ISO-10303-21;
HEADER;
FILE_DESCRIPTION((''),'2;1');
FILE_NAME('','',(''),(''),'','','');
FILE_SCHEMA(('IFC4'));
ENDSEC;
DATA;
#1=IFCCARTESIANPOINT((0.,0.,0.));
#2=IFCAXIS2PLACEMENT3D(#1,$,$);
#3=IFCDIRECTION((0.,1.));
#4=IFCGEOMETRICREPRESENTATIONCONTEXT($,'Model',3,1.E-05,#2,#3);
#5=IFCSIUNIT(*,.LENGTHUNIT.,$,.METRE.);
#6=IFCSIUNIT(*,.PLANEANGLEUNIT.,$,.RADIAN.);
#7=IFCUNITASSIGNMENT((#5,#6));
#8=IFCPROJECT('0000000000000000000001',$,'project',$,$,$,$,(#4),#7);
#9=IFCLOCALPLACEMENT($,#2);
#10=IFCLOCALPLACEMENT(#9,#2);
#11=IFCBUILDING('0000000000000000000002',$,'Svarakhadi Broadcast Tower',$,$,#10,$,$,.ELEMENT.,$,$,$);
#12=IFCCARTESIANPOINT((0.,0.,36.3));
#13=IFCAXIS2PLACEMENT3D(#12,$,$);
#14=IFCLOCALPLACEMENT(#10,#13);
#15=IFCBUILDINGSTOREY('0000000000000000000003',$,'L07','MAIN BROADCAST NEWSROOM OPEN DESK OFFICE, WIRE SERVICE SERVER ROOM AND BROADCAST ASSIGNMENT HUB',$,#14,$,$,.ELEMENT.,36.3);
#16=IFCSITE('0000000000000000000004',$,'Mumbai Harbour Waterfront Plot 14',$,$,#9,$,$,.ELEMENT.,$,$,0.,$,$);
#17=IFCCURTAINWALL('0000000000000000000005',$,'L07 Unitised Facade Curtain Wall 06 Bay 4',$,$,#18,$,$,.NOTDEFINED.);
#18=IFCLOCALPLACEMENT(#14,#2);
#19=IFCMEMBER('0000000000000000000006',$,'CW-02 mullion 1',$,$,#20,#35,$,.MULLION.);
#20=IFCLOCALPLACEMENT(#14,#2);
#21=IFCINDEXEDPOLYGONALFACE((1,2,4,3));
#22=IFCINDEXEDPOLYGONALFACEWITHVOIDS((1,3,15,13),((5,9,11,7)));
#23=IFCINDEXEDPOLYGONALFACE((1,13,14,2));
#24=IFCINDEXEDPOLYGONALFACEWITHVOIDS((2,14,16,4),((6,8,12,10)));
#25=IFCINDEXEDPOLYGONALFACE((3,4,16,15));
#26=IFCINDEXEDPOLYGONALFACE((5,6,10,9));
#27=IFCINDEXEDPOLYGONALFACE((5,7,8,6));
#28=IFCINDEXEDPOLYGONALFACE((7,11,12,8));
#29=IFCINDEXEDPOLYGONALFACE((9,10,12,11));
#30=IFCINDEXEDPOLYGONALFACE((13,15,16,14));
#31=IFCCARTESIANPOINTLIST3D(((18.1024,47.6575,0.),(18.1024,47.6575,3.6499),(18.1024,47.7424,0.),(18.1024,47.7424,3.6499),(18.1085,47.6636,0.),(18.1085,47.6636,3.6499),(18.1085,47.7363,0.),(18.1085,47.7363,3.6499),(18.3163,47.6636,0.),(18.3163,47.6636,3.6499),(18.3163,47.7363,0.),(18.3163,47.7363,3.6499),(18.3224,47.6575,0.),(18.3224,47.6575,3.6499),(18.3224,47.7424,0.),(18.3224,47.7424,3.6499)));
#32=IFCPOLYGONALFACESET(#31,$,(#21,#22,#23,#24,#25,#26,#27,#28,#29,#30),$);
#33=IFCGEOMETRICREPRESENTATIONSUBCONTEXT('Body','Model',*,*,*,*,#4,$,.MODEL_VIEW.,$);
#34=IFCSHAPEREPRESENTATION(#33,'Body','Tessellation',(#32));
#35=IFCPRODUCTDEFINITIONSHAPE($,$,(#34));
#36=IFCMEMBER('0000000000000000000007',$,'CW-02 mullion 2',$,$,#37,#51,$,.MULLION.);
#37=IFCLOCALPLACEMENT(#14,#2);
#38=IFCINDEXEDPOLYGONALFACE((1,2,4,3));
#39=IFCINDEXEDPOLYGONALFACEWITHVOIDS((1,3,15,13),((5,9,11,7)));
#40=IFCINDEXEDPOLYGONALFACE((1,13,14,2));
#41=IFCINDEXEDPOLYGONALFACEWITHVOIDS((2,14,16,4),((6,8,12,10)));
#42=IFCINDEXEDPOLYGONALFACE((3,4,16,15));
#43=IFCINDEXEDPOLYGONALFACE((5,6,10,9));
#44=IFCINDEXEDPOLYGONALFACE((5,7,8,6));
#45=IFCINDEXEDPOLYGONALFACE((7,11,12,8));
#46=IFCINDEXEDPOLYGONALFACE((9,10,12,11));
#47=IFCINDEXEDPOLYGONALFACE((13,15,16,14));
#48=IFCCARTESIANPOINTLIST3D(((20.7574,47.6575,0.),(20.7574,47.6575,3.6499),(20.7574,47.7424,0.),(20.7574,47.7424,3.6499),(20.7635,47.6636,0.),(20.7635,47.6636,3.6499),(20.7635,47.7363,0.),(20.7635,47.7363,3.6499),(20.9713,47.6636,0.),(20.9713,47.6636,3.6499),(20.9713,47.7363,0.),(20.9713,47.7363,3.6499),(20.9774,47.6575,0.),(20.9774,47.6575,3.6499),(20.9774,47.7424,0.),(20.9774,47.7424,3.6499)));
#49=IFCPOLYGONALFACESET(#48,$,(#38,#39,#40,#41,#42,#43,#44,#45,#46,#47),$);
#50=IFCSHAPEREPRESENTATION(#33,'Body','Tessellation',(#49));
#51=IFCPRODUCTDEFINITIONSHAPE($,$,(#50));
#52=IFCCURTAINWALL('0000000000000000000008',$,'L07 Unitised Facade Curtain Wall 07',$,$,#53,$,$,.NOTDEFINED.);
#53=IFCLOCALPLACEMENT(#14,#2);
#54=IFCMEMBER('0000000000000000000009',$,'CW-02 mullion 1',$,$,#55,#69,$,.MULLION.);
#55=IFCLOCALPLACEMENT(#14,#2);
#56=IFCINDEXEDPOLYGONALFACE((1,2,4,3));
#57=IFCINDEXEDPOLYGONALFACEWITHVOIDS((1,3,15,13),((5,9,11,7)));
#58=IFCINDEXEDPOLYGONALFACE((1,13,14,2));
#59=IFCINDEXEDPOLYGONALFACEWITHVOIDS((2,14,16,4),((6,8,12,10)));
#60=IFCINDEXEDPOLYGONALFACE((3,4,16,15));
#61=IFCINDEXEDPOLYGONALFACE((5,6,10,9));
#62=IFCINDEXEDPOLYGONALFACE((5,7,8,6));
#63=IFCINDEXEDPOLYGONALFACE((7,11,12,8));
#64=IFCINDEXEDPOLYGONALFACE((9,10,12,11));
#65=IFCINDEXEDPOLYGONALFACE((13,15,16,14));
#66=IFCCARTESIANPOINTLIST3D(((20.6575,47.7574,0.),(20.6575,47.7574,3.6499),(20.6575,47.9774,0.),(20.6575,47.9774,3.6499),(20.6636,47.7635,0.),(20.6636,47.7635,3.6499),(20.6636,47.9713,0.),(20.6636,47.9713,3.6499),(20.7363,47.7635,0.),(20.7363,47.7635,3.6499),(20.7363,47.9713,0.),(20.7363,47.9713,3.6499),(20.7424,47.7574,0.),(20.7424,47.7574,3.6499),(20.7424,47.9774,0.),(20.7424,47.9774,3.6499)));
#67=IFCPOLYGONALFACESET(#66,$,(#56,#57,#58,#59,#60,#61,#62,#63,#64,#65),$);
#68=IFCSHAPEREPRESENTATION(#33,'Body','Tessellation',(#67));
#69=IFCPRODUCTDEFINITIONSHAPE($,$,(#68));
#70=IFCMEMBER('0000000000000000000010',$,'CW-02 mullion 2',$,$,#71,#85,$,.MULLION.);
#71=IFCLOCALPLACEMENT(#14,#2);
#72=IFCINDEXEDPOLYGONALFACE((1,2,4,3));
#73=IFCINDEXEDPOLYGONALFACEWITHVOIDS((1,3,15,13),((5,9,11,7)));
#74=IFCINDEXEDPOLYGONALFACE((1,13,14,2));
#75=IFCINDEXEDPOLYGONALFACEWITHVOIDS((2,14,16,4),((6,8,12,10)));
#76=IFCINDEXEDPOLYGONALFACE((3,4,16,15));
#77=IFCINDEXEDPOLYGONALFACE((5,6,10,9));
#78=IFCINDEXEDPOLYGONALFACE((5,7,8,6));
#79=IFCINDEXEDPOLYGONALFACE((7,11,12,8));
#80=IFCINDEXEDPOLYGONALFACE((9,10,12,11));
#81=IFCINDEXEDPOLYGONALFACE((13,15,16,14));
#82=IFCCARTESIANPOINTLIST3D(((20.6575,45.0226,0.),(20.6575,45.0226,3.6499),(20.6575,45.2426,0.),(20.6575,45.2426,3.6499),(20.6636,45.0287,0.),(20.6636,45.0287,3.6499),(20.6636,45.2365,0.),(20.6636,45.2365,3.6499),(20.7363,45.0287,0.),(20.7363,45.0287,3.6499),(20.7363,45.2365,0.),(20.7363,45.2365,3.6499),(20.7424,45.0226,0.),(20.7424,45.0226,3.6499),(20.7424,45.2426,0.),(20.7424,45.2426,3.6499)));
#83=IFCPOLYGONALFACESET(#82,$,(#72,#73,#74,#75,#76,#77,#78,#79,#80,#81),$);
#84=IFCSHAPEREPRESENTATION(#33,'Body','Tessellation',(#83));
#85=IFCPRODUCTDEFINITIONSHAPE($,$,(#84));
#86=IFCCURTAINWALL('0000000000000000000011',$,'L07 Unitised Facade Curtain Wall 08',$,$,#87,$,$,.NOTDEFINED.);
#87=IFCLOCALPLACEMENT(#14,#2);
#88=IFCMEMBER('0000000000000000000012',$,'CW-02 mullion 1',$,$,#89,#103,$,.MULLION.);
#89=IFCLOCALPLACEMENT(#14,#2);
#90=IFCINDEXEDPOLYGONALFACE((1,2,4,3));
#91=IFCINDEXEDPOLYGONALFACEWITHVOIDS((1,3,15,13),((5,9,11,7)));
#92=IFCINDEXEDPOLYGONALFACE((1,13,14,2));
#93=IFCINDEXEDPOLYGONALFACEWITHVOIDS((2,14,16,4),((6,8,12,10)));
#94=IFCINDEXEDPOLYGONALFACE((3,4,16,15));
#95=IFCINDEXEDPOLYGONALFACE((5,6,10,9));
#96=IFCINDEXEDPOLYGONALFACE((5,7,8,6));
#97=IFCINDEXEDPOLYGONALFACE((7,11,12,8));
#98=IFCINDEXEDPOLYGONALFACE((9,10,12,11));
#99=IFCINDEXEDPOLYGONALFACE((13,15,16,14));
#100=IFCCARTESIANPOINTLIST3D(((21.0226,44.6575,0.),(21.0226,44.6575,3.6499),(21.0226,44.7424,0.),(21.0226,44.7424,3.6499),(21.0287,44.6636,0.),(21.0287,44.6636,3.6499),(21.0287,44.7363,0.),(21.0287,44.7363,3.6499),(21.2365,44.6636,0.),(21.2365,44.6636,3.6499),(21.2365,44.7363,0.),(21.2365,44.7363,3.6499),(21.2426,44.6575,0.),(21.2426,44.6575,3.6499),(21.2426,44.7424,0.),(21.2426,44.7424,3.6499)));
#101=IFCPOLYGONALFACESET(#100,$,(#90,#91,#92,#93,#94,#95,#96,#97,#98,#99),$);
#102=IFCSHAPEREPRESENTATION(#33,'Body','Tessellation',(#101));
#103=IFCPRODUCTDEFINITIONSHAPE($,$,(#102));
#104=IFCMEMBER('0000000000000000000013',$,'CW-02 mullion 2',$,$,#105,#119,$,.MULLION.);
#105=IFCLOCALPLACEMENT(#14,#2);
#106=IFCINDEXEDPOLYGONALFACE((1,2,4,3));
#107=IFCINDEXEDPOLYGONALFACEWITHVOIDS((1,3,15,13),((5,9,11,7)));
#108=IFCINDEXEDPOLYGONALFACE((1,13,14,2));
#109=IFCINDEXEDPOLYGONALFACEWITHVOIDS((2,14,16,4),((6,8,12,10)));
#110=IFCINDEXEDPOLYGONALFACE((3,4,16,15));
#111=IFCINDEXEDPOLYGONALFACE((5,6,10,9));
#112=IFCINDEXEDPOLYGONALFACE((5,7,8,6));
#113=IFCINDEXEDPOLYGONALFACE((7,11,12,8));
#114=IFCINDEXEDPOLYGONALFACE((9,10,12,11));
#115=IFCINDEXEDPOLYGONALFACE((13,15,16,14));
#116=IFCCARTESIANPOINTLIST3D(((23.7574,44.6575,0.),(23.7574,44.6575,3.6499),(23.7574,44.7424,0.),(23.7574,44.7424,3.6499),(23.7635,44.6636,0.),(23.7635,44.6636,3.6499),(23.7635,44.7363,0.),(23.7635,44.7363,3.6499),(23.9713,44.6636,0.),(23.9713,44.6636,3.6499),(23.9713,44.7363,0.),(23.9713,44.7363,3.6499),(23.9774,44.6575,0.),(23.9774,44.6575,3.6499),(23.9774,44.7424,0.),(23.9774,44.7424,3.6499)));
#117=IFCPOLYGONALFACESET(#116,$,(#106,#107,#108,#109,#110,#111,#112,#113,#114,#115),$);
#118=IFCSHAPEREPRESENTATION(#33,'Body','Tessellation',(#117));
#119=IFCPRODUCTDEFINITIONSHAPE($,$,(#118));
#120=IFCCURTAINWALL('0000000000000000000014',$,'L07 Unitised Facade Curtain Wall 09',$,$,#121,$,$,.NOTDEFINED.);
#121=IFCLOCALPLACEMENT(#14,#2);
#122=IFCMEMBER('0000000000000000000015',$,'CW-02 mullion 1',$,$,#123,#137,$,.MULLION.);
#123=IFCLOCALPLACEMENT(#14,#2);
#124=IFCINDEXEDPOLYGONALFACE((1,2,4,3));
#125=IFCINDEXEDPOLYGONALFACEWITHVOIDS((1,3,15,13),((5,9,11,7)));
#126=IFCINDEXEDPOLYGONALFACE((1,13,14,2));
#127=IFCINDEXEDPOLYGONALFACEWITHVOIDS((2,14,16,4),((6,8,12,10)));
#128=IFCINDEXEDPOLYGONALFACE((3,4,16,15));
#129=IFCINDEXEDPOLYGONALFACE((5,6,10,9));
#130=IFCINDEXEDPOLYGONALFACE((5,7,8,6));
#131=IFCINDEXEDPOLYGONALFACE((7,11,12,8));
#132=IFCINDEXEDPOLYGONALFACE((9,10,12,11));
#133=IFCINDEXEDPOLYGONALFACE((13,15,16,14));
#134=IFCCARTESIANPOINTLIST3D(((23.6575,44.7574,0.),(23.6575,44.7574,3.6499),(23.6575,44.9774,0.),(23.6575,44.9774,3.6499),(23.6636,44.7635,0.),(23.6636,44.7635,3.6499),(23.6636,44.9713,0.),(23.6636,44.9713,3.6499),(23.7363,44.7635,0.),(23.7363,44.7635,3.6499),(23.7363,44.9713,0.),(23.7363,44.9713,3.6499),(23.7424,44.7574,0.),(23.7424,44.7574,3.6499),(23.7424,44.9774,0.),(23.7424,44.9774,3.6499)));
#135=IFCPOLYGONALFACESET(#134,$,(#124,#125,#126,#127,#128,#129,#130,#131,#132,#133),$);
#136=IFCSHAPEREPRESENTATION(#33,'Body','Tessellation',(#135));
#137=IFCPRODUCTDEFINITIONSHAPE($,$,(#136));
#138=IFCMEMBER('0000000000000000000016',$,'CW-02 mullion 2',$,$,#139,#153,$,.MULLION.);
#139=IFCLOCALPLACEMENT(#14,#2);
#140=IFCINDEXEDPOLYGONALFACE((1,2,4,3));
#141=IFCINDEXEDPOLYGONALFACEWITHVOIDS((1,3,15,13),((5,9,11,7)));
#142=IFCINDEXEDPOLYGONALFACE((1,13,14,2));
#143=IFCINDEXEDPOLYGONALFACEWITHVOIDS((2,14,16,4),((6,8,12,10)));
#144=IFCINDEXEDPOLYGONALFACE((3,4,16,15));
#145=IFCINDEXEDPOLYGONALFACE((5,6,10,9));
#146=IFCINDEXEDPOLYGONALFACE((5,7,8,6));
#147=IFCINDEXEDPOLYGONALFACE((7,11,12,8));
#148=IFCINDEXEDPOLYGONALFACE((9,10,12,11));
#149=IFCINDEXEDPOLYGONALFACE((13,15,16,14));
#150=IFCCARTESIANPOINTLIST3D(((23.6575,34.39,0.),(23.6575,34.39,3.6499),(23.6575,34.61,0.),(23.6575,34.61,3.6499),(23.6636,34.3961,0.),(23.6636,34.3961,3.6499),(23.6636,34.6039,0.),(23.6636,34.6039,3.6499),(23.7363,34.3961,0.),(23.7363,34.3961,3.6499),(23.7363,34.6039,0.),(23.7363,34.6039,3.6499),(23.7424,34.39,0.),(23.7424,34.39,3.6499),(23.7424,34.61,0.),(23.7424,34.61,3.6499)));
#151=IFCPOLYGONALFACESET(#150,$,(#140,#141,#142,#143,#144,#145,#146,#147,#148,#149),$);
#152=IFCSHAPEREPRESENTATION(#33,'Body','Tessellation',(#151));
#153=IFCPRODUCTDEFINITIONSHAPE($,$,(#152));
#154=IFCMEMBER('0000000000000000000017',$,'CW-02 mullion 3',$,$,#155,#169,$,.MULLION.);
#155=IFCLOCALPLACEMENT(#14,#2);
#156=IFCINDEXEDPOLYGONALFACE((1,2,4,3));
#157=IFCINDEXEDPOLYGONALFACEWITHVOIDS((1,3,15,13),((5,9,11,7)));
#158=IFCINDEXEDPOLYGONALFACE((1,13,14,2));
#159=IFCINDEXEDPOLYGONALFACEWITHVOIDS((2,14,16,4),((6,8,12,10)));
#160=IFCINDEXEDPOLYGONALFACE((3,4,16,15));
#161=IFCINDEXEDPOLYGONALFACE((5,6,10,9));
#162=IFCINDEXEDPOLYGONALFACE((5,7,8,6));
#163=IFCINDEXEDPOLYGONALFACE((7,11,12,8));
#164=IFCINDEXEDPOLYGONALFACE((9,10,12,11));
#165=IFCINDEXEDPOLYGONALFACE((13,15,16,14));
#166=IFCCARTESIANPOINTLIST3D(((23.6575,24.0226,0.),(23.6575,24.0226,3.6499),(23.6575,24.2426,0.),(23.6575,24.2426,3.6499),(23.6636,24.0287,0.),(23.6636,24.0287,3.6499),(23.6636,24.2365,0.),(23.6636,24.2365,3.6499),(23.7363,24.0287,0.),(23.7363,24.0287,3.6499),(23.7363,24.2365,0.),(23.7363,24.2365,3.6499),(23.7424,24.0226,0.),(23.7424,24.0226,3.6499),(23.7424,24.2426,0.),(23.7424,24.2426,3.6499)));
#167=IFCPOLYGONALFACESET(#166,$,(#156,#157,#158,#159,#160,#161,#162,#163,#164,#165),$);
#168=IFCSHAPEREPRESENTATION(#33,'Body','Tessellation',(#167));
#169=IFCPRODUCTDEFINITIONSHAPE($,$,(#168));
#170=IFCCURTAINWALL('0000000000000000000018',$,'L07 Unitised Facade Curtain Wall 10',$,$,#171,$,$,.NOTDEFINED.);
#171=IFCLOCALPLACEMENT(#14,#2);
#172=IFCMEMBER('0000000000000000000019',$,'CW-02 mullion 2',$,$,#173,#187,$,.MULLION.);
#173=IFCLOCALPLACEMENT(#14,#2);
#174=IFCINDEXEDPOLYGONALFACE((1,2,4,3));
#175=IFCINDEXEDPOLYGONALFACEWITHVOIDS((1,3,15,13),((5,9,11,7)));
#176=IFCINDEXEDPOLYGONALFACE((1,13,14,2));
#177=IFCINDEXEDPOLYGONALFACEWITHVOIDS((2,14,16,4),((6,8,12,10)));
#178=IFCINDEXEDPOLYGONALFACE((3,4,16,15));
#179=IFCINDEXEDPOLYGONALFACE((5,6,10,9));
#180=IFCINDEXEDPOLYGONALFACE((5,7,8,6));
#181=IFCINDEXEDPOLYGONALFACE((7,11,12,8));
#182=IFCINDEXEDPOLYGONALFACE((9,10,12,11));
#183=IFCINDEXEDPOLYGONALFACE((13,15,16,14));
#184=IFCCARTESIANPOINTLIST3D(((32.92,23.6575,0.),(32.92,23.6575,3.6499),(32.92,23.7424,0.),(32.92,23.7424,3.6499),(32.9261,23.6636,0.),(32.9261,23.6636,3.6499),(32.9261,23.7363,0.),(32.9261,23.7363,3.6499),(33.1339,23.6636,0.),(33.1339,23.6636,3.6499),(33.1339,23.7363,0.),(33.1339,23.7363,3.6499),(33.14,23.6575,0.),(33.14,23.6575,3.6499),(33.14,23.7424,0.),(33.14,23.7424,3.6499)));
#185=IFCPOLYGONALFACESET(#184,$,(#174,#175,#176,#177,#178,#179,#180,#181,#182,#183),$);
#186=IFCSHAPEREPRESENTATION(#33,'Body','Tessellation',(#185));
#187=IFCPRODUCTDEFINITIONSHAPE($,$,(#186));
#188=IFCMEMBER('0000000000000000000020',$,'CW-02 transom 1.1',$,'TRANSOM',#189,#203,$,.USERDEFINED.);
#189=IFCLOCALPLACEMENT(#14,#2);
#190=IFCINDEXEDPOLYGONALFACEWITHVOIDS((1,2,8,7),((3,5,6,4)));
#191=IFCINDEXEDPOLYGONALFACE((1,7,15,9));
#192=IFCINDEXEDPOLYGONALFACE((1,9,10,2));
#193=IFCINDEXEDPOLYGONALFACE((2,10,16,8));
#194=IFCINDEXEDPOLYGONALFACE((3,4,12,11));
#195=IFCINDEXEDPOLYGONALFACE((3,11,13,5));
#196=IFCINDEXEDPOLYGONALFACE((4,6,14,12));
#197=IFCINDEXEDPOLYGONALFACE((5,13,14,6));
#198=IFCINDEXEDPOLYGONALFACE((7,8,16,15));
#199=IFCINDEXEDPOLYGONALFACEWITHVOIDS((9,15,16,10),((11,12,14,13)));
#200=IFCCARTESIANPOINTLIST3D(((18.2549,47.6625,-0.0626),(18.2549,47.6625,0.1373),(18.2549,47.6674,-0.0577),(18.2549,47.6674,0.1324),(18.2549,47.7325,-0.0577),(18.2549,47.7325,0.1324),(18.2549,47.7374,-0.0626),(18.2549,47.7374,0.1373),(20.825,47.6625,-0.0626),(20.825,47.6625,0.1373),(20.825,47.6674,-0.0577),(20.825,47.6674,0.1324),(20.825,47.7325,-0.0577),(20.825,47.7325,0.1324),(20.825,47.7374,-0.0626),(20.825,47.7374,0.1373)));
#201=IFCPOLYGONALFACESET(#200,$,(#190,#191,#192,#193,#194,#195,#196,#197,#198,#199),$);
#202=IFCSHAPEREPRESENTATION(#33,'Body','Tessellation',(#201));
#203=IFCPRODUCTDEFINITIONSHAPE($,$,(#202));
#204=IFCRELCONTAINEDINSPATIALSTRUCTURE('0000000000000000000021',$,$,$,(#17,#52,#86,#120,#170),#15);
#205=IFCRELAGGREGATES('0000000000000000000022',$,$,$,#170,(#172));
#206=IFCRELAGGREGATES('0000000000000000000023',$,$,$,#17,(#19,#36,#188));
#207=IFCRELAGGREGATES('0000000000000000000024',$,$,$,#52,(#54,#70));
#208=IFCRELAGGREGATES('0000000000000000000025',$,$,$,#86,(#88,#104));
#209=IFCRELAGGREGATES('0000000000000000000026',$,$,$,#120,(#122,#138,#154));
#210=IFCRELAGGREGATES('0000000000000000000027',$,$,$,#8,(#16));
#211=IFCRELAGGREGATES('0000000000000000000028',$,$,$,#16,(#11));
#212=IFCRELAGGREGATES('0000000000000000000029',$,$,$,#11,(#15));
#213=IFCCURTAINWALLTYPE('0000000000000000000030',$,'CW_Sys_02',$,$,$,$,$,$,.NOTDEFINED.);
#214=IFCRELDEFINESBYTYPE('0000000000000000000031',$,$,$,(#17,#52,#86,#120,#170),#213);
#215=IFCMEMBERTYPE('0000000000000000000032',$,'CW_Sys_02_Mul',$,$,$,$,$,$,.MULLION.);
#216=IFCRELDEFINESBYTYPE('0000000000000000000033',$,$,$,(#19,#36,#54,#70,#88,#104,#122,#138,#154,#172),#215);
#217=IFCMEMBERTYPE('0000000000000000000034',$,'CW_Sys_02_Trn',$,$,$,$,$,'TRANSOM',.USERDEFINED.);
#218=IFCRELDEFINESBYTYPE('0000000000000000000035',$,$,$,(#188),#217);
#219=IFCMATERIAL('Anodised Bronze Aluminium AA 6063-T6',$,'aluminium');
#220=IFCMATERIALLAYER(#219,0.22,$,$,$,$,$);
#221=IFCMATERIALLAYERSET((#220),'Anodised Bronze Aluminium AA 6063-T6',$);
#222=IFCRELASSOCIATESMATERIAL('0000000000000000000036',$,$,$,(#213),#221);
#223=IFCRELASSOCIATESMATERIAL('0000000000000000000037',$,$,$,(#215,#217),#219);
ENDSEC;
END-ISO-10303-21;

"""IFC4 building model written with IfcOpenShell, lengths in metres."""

from ifc_helpers import new_model, si_unit, direction, frame, origin, origin_2d, place, context, subcontext, project, spatial, hollow_rectangle, extrude, material, layer, layer_set, material_profile, profile_set, type_object, element, aggregate, save


model = new_model("IFC4")

# Units and contexts
model_context = context("Model", 3, precision=1e-05, world=origin(), true_north=direction((0.0, 1.0)))
body_context = subcontext(model_context, "Body", "Model", "MODEL_VIEW")
ifc_project = project(units=[si_unit("LENGTHUNIT", "METRE"), si_unit("PLANEANGLEUNIT", "RADIAN")], contexts=[model_context])

# Site, building, storey
site_placement = place(None, origin())
site = spatial("IfcSite", under=ifc_project, at=site_placement, Name="Mumbai Harbour Waterfront Plot 14", CompositionType="ELEMENT", RefElevation=0.0)
building_placement = place(site_placement, origin())
building = spatial("IfcBuilding", under=site, at=building_placement, Name="Svarakhadi Broadcast Tower", CompositionType="ELEMENT")
storey_placement = place(building_placement, frame((0.0, 0.0, 36.3)))
storey = spatial("IfcBuildingStorey", under=building, at=storey_placement, Name="L07", Description="MAIN BROADCAST NEWSROOM OPEN DESK OFFICE, WIRE SERVICE SERVER ROOM AND BROADCAST ASSIGNMENT HUB", CompositionType="ELEMENT", Elevation=36.3)

# Curtain walls, members
ifc_material_1 = material(Name="Anodised Bronze Aluminium AA 6063-T6", Category="aluminium")
ifc_layer_1 = layer(ifc_material_1, 0.22)
ifc_layer_set_1 = layer_set([ifc_layer_1], Name="Anodised Bronze Aluminium AA 6063-T6")
curtain_wall_type = type_object("IfcCurtainWallType", Name="CW_Sys_02", PredefinedType="NOTDEFINED", material=ifc_layer_set_1)
curtain_wall_1_placement = place(storey_placement, origin())
curtain_wall_1 = element("IfcCurtainWall", 1, at=curtain_wall_1_placement, inside=storey, type_object=curtain_wall_type, Name="L07 Unitised Facade Curtain Wall 06 Bay 4", PredefinedType="NOTDEFINED")
ifc_material_profile_1 = material_profile(ifc_material_1, hollow_rectangle(XDim=0.085, YDim=0.22, WallThickness=0.0061, at=origin_2d()), Name="ALU MULLION 220x85x6")
ifc_profile_set_1 = profile_set([ifc_material_profile_1], Name="Anodised Bronze Aluminium AA 6063-T6")
member_type_1 = type_object("IfcMemberType", Name="CW_Sys_02_Mul", PredefinedType="MULLION", material=ifc_profile_set_1)
member_1_placement = place(storey_placement, frame((18.2124, 47.7, 0.0), z_axis=(0.0, 0.0, 1.0), x_axis=(0.0, 1.0, 0.0)))
member_1 = element("IfcMember", 2, at=member_1_placement, type_object=member_type_1, Name="CW-02 mullion 1", PredefinedType="MULLION", context=body_context, shape_type="SweptSolid", body=[
    extrude(hollow_rectangle(XDim=0.085, YDim=0.22, WallThickness=0.0061, at=origin_2d()), origin(), (0.0, 0.0, 1.0), 3.6499),
])
member_2_placement = place(storey_placement, frame((20.8674, 47.7, 0.0), z_axis=(0.0, 0.0, 1.0), x_axis=(0.0, 1.0, 0.0)))
member_2 = element("IfcMember", 3, at=member_2_placement, type_object=member_type_1, Name="CW-02 mullion 2", PredefinedType="MULLION", context=body_context, shape_type="SweptSolid", body=[
    extrude(hollow_rectangle(XDim=0.085, YDim=0.22, WallThickness=0.0061, at=origin_2d()), origin(), (0.0, 0.0, 1.0), 3.6499),
])
curtain_wall_2_placement = place(storey_placement, origin())
curtain_wall_2 = element("IfcCurtainWall", 4, at=curtain_wall_2_placement, inside=storey, type_object=curtain_wall_type, Name="L07 Unitised Facade Curtain Wall 07", PredefinedType="NOTDEFINED")
member_3_placement = place(storey_placement, frame((20.7, 47.8674, 0.0), z_axis=(0.0, 0.0, 1.0), x_axis=(1.0, 0.0, 0.0)))
member_3 = element("IfcMember", 5, at=member_3_placement, type_object=member_type_1, Name="CW-02 mullion 1", PredefinedType="MULLION", context=body_context, shape_type="SweptSolid", body=[
    extrude(hollow_rectangle(XDim=0.085, YDim=0.22, WallThickness=0.0061, at=origin_2d()), origin(), (0.0, 0.0, 1.0), 3.6499),
])
member_4_placement = place(storey_placement, frame((20.7, 45.1326, 0.0), z_axis=(0.0, 0.0, 1.0), x_axis=(1.0, 0.0, 0.0)))
member_4 = element("IfcMember", 6, at=member_4_placement, type_object=member_type_1, Name="CW-02 mullion 2", PredefinedType="MULLION", context=body_context, shape_type="SweptSolid", body=[
    extrude(hollow_rectangle(XDim=0.085, YDim=0.22, WallThickness=0.0061, at=origin_2d()), origin(), (0.0, 0.0, 1.0), 3.6499),
])
curtain_wall_3_placement = place(storey_placement, origin())
curtain_wall_3 = element("IfcCurtainWall", 7, at=curtain_wall_3_placement, inside=storey, type_object=curtain_wall_type, Name="L07 Unitised Facade Curtain Wall 08", PredefinedType="NOTDEFINED")
member_5_placement = place(storey_placement, frame((21.1326, 44.7, 0.0), z_axis=(0.0, 0.0, 1.0), x_axis=(0.0, 1.0, 0.0)))
member_5 = element("IfcMember", 8, at=member_5_placement, type_object=member_type_1, Name="CW-02 mullion 1", PredefinedType="MULLION", context=body_context, shape_type="SweptSolid", body=[
    extrude(hollow_rectangle(XDim=0.085, YDim=0.22, WallThickness=0.0061, at=origin_2d()), origin(), (0.0, 0.0, 1.0), 3.6499),
])
member_6_placement = place(storey_placement, frame((23.8674, 44.7, 0.0), z_axis=(0.0, 0.0, 1.0), x_axis=(0.0, 1.0, 0.0)))
member_6 = element("IfcMember", 9, at=member_6_placement, type_object=member_type_1, Name="CW-02 mullion 2", PredefinedType="MULLION", context=body_context, shape_type="SweptSolid", body=[
    extrude(hollow_rectangle(XDim=0.085, YDim=0.22, WallThickness=0.0061, at=origin_2d()), origin(), (0.0, 0.0, 1.0), 3.6499),
])
curtain_wall_4_placement = place(storey_placement, origin())
curtain_wall_4 = element("IfcCurtainWall", 10, at=curtain_wall_4_placement, inside=storey, type_object=curtain_wall_type, Name="L07 Unitised Facade Curtain Wall 09", PredefinedType="NOTDEFINED")
member_7_placement = place(storey_placement, frame((23.7, 44.8674, 0.0), z_axis=(0.0, 0.0, 1.0), x_axis=(1.0, 0.0, 0.0)))
member_7 = element("IfcMember", 11, at=member_7_placement, type_object=member_type_1, Name="CW-02 mullion 1", PredefinedType="MULLION", context=body_context, shape_type="SweptSolid", body=[
    extrude(hollow_rectangle(XDim=0.085, YDim=0.22, WallThickness=0.0061, at=origin_2d()), origin(), (0.0, 0.0, 1.0), 3.6499),
])
member_8_placement = place(storey_placement, frame((23.7, 34.5, 0.0), z_axis=(0.0, 0.0, 1.0), x_axis=(1.0, 0.0, 0.0)))
member_8 = element("IfcMember", 12, at=member_8_placement, type_object=member_type_1, Name="CW-02 mullion 2", PredefinedType="MULLION", context=body_context, shape_type="SweptSolid", body=[
    extrude(hollow_rectangle(XDim=0.085, YDim=0.22, WallThickness=0.0061, at=origin_2d()), origin(), (0.0, 0.0, 1.0), 3.6499),
])
member_9_placement = place(storey_placement, frame((23.7, 24.1326, 0.0), z_axis=(0.0, 0.0, 1.0), x_axis=(1.0, 0.0, 0.0)))
member_9 = element("IfcMember", 13, at=member_9_placement, type_object=member_type_1, Name="CW-02 mullion 3", PredefinedType="MULLION", context=body_context, shape_type="SweptSolid", body=[
    extrude(hollow_rectangle(XDim=0.085, YDim=0.22, WallThickness=0.0061, at=origin_2d()), origin(), (0.0, 0.0, 1.0), 3.6499),
])

# Curtain wall, member
curtain_wall_5_placement = place(storey_placement, origin())
curtain_wall_5 = element("IfcCurtainWall", 14, at=curtain_wall_5_placement, inside=storey, type_object=curtain_wall_type, Name="L07 Unitised Facade Curtain Wall 10", PredefinedType="NOTDEFINED")
member_10_placement = place(storey_placement, frame((33.03, 23.7, 0.0), z_axis=(0.0, 0.0, 1.0), x_axis=(0.0, 1.0, 0.0)))
member_10 = element("IfcMember", 15, at=member_10_placement, type_object=member_type_1, Name="CW-02 mullion 2", PredefinedType="MULLION", context=body_context, shape_type="SweptSolid", body=[
    extrude(hollow_rectangle(XDim=0.085, YDim=0.22, WallThickness=0.0061, at=origin_2d()), origin(), (0.0, 0.0, 1.0), 3.6499),
])

# Member
ifc_material_profile_2 = material_profile(ifc_material_1, hollow_rectangle(XDim=0.075, YDim=0.2, WallThickness=0.0049, at=origin_2d()), Name="ALU TRANSOM 200x75x5")
ifc_profile_set_2 = profile_set([ifc_material_profile_2], Name="Anodised Bronze Aluminium AA 6063-T6")
member_type_2 = type_object("IfcMemberType", Name="CW_Sys_02_Trn", ElementType="TRANSOM", PredefinedType="USERDEFINED", material=ifc_profile_set_2)
member_11_placement = place(storey_placement, frame((18.2549, 47.7, 0.0374), z_axis=(1.0, 0.0, 0.0), x_axis=(0.0, 1.0, 0.0)))
member_11 = element("IfcMember", 16, at=member_11_placement, type_object=member_type_2, Name="CW-02 transom 1.1", ObjectType="TRANSOM", PredefinedType="USERDEFINED", context=body_context, shape_type="SweptSolid", body=[
    extrude(hollow_rectangle(XDim=0.075, YDim=0.2, WallThickness=0.0049, at=origin_2d()), origin(), (0.0, 0.0, 1.0), 2.5701),
])
aggregate(curtain_wall_5, [member_10])

aggregate(curtain_wall_1, [member_1, member_2, member_11])
aggregate(curtain_wall_2, [member_3, member_4])
aggregate(curtain_wall_3, [member_5, member_6])
aggregate(curtain_wall_4, [member_7, member_8, member_9])

save(model, "model.ifc")
